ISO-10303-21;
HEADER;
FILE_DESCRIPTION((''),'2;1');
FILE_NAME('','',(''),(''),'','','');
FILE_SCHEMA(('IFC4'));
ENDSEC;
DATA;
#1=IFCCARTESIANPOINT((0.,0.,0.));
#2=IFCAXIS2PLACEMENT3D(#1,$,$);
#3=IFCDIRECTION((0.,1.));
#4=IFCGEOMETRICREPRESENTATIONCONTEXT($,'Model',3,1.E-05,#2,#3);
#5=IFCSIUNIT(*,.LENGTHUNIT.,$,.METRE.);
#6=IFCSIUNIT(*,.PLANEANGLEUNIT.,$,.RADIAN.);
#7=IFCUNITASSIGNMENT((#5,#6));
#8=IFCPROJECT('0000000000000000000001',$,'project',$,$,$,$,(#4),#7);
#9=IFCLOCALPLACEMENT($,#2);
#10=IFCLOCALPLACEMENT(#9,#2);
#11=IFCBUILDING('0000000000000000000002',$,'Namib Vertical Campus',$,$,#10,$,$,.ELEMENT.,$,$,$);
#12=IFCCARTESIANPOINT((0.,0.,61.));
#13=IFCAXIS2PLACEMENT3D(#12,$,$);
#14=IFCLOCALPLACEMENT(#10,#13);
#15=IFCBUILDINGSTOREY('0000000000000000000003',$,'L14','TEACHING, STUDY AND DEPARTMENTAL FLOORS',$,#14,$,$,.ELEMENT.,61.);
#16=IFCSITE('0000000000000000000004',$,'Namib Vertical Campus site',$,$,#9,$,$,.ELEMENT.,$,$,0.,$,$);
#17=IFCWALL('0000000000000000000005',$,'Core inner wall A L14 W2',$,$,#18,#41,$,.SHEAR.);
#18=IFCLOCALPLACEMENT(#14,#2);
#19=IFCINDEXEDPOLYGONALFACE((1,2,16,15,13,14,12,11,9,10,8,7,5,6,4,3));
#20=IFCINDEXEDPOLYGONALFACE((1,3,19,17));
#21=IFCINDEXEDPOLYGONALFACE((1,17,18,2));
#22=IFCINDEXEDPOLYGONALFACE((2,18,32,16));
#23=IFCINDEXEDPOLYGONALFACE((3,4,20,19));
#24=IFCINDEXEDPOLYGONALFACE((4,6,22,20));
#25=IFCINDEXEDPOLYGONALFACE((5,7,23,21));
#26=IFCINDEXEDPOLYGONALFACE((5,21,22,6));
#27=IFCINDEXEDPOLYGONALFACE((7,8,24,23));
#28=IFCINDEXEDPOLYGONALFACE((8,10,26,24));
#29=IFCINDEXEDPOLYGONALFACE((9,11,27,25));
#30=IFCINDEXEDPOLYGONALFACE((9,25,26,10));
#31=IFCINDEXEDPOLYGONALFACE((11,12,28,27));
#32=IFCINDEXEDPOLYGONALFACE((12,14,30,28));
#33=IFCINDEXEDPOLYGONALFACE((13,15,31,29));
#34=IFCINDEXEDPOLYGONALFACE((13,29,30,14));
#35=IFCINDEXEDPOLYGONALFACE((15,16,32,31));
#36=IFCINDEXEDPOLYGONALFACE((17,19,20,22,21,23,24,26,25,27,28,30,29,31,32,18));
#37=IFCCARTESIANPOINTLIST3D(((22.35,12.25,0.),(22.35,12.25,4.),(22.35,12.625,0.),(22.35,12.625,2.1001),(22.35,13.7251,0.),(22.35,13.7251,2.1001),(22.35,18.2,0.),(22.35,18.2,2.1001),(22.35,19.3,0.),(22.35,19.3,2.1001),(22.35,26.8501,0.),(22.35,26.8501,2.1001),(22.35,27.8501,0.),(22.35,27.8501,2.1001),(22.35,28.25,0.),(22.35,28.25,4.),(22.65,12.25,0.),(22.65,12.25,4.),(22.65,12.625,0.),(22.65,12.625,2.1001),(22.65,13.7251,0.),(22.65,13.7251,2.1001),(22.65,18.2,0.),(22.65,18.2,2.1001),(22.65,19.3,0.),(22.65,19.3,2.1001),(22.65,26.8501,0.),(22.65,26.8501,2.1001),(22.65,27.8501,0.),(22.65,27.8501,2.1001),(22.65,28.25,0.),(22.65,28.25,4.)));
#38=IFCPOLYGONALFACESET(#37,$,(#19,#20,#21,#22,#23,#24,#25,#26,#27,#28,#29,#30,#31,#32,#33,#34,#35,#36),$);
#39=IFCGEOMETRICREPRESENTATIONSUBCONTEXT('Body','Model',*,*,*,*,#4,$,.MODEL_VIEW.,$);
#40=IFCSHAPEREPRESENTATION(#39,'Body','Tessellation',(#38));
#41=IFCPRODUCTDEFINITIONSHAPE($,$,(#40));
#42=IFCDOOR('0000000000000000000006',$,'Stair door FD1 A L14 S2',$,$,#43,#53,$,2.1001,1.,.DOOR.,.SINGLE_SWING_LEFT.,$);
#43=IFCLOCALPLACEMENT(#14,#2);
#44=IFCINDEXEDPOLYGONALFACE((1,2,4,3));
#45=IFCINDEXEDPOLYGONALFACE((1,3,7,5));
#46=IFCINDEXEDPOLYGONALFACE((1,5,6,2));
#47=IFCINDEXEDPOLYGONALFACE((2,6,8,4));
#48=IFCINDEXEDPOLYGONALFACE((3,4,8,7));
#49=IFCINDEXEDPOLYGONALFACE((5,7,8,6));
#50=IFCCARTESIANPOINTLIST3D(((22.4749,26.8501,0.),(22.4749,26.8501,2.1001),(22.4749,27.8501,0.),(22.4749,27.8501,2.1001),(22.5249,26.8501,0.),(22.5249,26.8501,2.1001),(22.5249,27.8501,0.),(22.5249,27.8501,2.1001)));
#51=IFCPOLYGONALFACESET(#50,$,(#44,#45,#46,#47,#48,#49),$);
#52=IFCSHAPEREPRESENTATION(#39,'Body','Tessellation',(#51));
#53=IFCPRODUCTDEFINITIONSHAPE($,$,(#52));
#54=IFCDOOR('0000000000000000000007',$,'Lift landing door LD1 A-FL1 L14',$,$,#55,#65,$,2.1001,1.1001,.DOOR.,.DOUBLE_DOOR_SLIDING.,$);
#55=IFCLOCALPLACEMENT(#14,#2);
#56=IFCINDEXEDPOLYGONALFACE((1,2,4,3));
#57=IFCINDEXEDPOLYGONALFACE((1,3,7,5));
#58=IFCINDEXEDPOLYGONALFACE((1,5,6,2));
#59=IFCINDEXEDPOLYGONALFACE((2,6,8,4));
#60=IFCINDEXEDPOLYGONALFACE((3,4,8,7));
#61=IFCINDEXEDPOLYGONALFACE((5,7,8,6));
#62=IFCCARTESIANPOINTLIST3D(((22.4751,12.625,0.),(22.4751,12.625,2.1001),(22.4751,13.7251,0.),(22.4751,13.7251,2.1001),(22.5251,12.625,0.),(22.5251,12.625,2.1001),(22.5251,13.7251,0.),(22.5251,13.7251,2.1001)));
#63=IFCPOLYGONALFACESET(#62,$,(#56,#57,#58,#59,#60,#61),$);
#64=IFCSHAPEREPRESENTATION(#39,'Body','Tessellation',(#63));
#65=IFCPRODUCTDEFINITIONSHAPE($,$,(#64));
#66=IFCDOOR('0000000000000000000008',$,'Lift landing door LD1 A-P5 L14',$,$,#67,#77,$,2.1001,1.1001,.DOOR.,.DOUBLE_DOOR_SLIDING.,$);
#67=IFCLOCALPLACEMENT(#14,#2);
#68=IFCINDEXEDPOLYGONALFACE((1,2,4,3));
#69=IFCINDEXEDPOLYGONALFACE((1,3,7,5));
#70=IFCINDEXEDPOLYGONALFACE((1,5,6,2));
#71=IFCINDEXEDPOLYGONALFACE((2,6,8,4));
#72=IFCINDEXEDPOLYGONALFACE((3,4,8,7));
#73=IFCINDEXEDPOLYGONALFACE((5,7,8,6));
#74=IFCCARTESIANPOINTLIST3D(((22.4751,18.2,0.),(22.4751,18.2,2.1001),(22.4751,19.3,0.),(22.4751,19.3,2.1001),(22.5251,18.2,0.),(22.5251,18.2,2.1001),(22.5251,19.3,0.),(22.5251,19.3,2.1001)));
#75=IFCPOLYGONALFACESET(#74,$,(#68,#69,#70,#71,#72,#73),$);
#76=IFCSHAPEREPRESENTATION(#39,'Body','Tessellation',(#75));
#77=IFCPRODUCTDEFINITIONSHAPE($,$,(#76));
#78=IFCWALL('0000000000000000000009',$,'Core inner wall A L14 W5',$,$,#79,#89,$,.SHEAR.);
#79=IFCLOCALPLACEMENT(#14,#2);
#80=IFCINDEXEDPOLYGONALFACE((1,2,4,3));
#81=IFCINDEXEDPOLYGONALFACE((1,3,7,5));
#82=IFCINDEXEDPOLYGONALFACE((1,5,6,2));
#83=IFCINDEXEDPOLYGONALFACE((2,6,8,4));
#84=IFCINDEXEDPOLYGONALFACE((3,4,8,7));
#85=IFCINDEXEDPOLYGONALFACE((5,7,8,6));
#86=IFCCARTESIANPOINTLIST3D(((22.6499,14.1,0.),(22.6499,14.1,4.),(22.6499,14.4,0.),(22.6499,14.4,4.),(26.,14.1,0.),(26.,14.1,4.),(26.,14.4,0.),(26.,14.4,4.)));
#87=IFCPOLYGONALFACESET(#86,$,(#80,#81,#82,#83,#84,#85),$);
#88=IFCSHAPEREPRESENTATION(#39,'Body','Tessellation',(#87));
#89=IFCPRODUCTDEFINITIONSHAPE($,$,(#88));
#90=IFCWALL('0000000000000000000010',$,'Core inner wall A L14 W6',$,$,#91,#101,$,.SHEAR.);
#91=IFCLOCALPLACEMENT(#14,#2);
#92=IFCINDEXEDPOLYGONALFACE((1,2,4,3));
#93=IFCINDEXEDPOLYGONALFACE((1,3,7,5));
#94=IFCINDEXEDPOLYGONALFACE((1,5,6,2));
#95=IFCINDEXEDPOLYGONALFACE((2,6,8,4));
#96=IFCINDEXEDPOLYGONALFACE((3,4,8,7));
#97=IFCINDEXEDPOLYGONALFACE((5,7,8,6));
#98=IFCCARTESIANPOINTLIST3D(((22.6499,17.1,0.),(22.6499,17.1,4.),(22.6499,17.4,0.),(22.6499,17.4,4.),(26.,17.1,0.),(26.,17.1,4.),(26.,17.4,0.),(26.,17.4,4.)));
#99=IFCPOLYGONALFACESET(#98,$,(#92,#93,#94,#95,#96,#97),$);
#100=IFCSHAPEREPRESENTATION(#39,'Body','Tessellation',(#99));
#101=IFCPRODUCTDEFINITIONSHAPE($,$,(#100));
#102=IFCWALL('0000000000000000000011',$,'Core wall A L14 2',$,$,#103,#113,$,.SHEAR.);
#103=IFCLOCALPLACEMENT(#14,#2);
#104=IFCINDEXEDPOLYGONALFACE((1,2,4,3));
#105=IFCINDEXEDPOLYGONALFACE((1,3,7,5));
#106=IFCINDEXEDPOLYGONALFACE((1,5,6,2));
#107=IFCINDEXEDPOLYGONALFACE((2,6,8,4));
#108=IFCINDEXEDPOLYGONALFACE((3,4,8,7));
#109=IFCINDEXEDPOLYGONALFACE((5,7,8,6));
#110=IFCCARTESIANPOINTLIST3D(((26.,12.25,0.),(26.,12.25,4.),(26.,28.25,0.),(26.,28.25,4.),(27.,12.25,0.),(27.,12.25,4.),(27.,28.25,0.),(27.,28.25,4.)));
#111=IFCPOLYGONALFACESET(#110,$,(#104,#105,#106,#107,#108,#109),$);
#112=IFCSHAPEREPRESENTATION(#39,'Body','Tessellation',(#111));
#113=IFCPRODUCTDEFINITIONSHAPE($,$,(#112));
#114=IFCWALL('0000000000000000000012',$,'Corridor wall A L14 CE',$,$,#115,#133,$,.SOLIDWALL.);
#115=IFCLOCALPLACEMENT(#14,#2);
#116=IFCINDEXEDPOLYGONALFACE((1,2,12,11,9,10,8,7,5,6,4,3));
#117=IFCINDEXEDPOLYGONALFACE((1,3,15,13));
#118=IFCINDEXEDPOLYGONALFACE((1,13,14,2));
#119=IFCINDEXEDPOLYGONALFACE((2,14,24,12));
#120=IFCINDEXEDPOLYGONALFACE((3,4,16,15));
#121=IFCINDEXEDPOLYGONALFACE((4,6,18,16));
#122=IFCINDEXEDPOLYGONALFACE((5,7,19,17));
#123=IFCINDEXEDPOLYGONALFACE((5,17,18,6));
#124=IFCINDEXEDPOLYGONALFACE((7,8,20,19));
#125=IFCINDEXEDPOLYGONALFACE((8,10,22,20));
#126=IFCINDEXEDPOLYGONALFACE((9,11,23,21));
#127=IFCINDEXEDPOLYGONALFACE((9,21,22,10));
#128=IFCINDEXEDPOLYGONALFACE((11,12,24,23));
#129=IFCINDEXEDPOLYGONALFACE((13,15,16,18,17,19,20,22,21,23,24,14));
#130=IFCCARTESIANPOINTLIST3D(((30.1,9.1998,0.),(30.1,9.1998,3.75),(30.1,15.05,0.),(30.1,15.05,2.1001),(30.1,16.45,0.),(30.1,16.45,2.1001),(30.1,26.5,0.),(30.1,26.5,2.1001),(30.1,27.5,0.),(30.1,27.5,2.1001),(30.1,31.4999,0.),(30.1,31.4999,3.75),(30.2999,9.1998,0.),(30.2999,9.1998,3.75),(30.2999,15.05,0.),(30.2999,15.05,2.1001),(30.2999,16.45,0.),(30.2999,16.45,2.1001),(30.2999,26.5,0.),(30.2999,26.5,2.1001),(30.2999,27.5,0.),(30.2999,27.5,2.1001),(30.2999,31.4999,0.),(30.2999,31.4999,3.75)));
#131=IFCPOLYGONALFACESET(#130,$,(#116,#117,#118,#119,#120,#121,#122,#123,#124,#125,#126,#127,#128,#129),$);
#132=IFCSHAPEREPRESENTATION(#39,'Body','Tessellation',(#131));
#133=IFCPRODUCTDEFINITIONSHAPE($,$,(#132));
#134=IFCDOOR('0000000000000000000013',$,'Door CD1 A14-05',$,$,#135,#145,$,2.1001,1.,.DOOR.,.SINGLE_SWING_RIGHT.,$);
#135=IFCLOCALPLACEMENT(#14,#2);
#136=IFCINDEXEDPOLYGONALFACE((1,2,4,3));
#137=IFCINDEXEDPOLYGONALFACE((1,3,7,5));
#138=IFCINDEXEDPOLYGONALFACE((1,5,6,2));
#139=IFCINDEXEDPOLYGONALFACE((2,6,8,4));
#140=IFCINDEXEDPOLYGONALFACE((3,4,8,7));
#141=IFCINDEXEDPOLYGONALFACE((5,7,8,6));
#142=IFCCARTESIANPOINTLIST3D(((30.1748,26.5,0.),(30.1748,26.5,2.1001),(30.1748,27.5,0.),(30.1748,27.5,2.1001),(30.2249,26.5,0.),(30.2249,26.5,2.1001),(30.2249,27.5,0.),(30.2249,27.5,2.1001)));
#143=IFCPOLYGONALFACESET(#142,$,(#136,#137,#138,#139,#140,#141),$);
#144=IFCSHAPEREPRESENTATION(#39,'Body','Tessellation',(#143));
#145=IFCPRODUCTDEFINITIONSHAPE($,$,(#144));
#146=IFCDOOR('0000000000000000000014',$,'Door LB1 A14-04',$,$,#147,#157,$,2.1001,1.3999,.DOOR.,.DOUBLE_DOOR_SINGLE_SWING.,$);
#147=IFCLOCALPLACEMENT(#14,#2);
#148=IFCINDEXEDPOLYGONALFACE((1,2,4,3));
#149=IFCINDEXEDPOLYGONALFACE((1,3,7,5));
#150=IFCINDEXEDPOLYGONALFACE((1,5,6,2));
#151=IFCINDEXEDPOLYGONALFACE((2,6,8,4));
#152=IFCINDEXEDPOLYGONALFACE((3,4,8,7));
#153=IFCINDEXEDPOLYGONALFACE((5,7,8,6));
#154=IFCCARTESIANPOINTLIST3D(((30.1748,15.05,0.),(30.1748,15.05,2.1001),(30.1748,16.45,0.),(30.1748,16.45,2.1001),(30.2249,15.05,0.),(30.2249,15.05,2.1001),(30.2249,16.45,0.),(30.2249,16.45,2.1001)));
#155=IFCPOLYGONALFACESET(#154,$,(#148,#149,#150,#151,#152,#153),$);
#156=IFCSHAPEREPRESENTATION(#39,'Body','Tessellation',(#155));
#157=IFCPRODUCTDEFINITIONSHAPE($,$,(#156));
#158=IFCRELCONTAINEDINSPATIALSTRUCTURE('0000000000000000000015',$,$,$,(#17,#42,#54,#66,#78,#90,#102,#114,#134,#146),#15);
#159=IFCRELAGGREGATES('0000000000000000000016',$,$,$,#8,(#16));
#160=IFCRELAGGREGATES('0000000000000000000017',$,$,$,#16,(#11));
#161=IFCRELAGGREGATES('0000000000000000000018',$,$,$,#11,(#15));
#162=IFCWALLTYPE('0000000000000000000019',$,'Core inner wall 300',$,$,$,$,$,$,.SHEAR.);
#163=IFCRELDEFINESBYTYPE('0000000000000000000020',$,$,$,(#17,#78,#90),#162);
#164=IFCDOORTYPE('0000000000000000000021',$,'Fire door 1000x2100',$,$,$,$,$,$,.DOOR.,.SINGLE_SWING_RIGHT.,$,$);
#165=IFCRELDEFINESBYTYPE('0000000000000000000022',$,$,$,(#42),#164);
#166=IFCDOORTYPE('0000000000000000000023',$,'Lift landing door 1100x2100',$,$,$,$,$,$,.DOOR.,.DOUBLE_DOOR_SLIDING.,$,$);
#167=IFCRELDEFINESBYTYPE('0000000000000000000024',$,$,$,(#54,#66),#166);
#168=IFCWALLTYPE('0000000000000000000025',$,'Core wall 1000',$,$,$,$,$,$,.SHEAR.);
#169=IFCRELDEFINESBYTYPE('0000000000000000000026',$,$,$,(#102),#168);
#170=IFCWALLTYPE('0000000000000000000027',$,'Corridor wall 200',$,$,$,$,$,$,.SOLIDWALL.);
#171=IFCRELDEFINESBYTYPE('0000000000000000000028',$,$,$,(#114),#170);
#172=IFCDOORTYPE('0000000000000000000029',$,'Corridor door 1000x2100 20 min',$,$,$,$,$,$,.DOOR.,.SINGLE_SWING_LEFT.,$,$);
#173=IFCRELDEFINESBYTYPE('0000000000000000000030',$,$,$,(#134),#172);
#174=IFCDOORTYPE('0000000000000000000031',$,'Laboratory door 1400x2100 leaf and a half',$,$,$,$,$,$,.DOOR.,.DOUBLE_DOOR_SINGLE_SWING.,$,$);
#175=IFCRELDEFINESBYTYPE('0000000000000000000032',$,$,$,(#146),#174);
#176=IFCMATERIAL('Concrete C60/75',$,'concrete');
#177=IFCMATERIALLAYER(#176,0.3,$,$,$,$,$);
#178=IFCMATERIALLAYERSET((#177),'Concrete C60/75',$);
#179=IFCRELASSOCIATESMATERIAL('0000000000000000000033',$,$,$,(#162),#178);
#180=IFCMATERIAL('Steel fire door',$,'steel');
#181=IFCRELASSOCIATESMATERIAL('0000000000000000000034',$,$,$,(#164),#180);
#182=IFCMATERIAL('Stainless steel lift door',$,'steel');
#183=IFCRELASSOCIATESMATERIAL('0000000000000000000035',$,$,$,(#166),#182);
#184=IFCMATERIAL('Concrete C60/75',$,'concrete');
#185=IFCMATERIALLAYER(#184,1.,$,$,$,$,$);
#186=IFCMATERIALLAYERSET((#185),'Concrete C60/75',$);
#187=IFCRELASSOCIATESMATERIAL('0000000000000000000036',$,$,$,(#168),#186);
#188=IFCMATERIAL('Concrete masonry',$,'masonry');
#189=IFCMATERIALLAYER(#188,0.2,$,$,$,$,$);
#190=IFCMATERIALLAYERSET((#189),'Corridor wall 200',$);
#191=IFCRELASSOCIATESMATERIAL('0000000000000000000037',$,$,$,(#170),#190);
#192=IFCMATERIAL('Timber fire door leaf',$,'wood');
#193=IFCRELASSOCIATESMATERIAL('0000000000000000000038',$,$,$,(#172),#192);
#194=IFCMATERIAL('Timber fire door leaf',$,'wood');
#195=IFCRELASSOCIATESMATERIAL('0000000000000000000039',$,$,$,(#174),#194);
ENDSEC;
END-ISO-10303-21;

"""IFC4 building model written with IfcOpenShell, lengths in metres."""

from ifc_helpers import new_model, si_unit, direction, frame, frame_2d, origin, place, context, subcontext, project, spatial, rectangle, extrude, material, layer, layer_set, type_object, element, fill, save


model = new_model("IFC4")

# Units and contexts
model_context = context("Model", 3, precision=1e-05, world=origin(), true_north=direction((0.0, 1.0)))
body_context = subcontext(model_context, "Body", "Model", "MODEL_VIEW")
ifc_project = project(units=[si_unit("LENGTHUNIT", "METRE"), si_unit("PLANEANGLEUNIT", "RADIAN")], contexts=[model_context])

# Site, building, storey
site_placement = place(None, origin())
site = spatial("IfcSite", under=ifc_project, at=site_placement, Name="Namib Vertical Campus site", CompositionType="ELEMENT", RefElevation=0.0)
building_placement = place(site_placement, origin())
building = spatial("IfcBuilding", under=site, at=building_placement, Name="Namib Vertical Campus", CompositionType="ELEMENT")
storey_placement = place(building_placement, frame((0.0, 0.0, 61.0)))
storey = spatial("IfcBuildingStorey", under=building, at=storey_placement, Name="L14", Description="TEACHING, STUDY AND DEPARTMENTAL FLOORS", CompositionType="ELEMENT", Elevation=61.0)

# Wall, openings, doors
ifc_material_1 = material(Name="Concrete C60/75", Category="concrete")
ifc_layer_1 = layer(ifc_material_1, 0.3)
ifc_layer_set_1 = layer_set([ifc_layer_1], Name="Concrete C60/75")
wall_type_1 = type_object("IfcWallType", Name="Core inner wall 300", PredefinedType="SHEAR", material=ifc_layer_set_1)
wall_1_placement = place(storey_placement, frame((22.5, 12.25, 0.0), z_axis=(0.0, 0.0, 1.0), x_axis=(0.0, 1.0, 0.0)))
wall_1 = element("IfcWall", 1, at=wall_1_placement, inside=storey, type_object=wall_type_1, Name="Core inner wall A L14 W2", PredefinedType="SHEAR", context=body_context, shape_type="SweptSolid", body=[
    extrude(rectangle(XDim=16.0, YDim=0.3, at=frame_2d((8.0, 0.0))), origin(), (0.0, 0.0, 1.0), 4.0),
])
opening_1_placement = place(wall_1_placement, frame((14.6001, 0.0, 0.0)))
opening_1 = element("IfcOpeningElement", 2, at=opening_1_placement, cuts=wall_1, PredefinedType="OPENING", context=body_context, shape_type="SweptSolid", body=[
    extrude(rectangle(XDim=1.0, YDim=2.1001, at=frame_2d((0.5, 1.05))), frame((0.0, 0.1599, 0.0), z_axis=(0.0, -1.0, 0.0), x_axis=(1.0, 0.0, 0.0)), (0.0, 0.0, 1.0), 0.3201),
])
opening_2_placement = place(wall_1_placement, frame((0.375, 0.0, 0.0)))
opening_2 = element("IfcOpeningElement", 3, at=opening_2_placement, cuts=wall_1, PredefinedType="OPENING", context=body_context, shape_type="SweptSolid", body=[
    extrude(rectangle(XDim=1.1001, YDim=2.1001, at=frame_2d((0.55, 1.05))), frame((0.0, 0.1599, 0.0), z_axis=(0.0, -1.0, 0.0), x_axis=(1.0, 0.0, 0.0)), (0.0, 0.0, 1.0), 0.3201),
])
opening_3_placement = place(wall_1_placement, frame((5.95, 0.0, 0.0)))
opening_3 = element("IfcOpeningElement", 4, at=opening_3_placement, cuts=wall_1, PredefinedType="OPENING", context=body_context, shape_type="SweptSolid", body=[
    extrude(rectangle(XDim=1.1001, YDim=2.1001, at=frame_2d((0.55, 1.05))), frame((0.0, 0.1599, 0.0), z_axis=(0.0, -1.0, 0.0), x_axis=(1.0, 0.0, 0.0)), (0.0, 0.0, 1.0), 0.3201),
])
ifc_material_2 = material(Name="Steel fire door", Category="steel")
door_type_1 = type_object("IfcDoorType", Name="Fire door 1000x2100", OperationType="SINGLE_SWING_RIGHT", PredefinedType="DOOR", material=ifc_material_2)
door_1_placement = place(opening_1_placement, frame((1.0, 0.0, 0.0), z_axis=(0.0, 0.0, 1.0), x_axis=(-1.0, 0.0, 0.0)))
door_1 = element("IfcDoor", 5, at=door_1_placement, inside=storey, type_object=door_type_1, Name="Stair door FD1 A L14 S2", OperationType="SINGLE_SWING_LEFT", OverallHeight=2.1001, OverallWidth=1.0, PredefinedType="DOOR", context=body_context, shape_type="SweptSolid", body=[
    extrude(rectangle(XDim=1.0, YDim=2.1001, at=frame_2d((0.5, 1.05))), frame((0.0, 0.0249, 0.0), z_axis=(0.0, -1.0, 0.0), x_axis=(1.0, 0.0, 0.0)), (0.0, 0.0, 1.0), 0.05),
])
fill(opening_1, door_1)
ifc_material_3 = material(Name="Stainless steel lift door", Category="steel")
door_type_2 = type_object("IfcDoorType", Name="Lift landing door 1100x2100", OperationType="DOUBLE_DOOR_SLIDING", PredefinedType="DOOR", material=ifc_material_3)
door_2_placement = place(opening_2_placement, origin())
door_2 = element("IfcDoor", 6, at=door_2_placement, inside=storey, type_object=door_type_2, Name="Lift landing door LD1 A-FL1 L14", OperationType="DOUBLE_DOOR_SLIDING", OverallHeight=2.1001, OverallWidth=1.1001, PredefinedType="DOOR", context=body_context, shape_type="SweptSolid", body=[
    extrude(rectangle(XDim=1.1001, YDim=2.1001, at=frame_2d((0.55, 1.05))), frame((0.0, 0.0249, 0.0), z_axis=(0.0, -1.0, 0.0), x_axis=(1.0, 0.0, 0.0)), (0.0, 0.0, 1.0), 0.05),
])
fill(opening_2, door_2)
door_3_placement = place(opening_3_placement, origin())
door_3 = element("IfcDoor", 7, at=door_3_placement, inside=storey, type_object=door_type_2, Name="Lift landing door LD1 A-P5 L14", OperationType="DOUBLE_DOOR_SLIDING", OverallHeight=2.1001, OverallWidth=1.1001, PredefinedType="DOOR", context=body_context, shape_type="SweptSolid", body=[
    extrude(rectangle(XDim=1.1001, YDim=2.1001, at=frame_2d((0.55, 1.05))), frame((0.0, 0.0249, 0.0), z_axis=(0.0, -1.0, 0.0), x_axis=(1.0, 0.0, 0.0)), (0.0, 0.0, 1.0), 0.05),
])
fill(opening_3, door_3)

# Walls
for number, where, z_axis, x_axis, name in (
    (8, (22.6499, 14.25, 0.0), (0.0, 0.0, 1.0), (1.0, 0.0, 0.0), "Core inner wall A L14 W5"),
    (9, (22.6499, 17.25, 0.0), (0.0, 0.0, 1.0), (1.0, 0.0, 0.0), "Core inner wall A L14 W6"),
):
    element("IfcWall", number, at=place(storey_placement, frame(where, z_axis=z_axis, x_axis=x_axis)), inside=storey, type_object=wall_type_1, Name=name, PredefinedType="SHEAR", context=body_context, shape_type="SweptSolid", body=[
        extrude(rectangle(XDim=3.3501, YDim=0.3, at=frame_2d((1.675, 0.0))), origin(), (0.0, 0.0, 1.0), 4.0),
    ])
ifc_material_4 = material(Name="Concrete C60/75", Category="concrete")
ifc_layer_2 = layer(ifc_material_4, 1.0)
ifc_layer_set_2 = layer_set([ifc_layer_2], Name="Concrete C60/75")
wall_type_2 = type_object("IfcWallType", Name="Core wall 1000", PredefinedType="SHEAR", material=ifc_layer_set_2)
wall_2_placement = place(storey_placement, frame((26.5, 12.25, 0.0), z_axis=(0.0, 0.0, 1.0), x_axis=(0.0, 1.0, 0.0)))
element("IfcWall", 10, at=wall_2_placement, inside=storey, type_object=wall_type_2, Name="Core wall A L14 2", PredefinedType="SHEAR", context=body_context, shape_type="SweptSolid", body=[
    extrude(rectangle(XDim=16.0, YDim=1.0, at=frame_2d((8.0, 0.0))), origin(), (0.0, 0.0, 1.0), 4.0),
])

# Wall, openings, doors
ifc_material_5 = material(Name="Concrete masonry", Category="masonry")
ifc_layer_3 = layer(ifc_material_5, 0.2)
ifc_layer_set_3 = layer_set([ifc_layer_3], Name="Corridor wall 200")
wall_type_3 = type_object("IfcWallType", Name="Corridor wall 200", PredefinedType="SOLIDWALL", material=ifc_layer_set_3)
wall_3_placement = place(storey_placement, frame((30.2, 9.2, 0.0), z_axis=(0.0, 0.0, 1.0), x_axis=(0.0, 1.0, 0.0)))
wall_3 = element("IfcWall", 11, at=wall_3_placement, inside=storey, type_object=wall_type_3, Name="Corridor wall A L14 CE", PredefinedType="SOLIDWALL", context=body_context, shape_type="SweptSolid", body=[
    extrude(rectangle(XDim=22.3, YDim=0.2, at=frame_2d((11.1499, 0.0))), origin(), (0.0, 0.0, 1.0), 3.75),
])
opening_4_placement = place(wall_3_placement, frame((5.8501, 0.0, 0.0)))
opening_4 = element("IfcOpeningElement", 12, at=opening_4_placement, cuts=wall_3, PredefinedType="OPENING", context=body_context, shape_type="SweptSolid", body=[
    extrude(rectangle(XDim=1.3999, YDim=2.1001, at=frame_2d((0.7, 1.05))), frame((0.0, 0.1099, 0.0), z_axis=(0.0, -1.0, 0.0), x_axis=(1.0, 0.0, 0.0)), (0.0, 0.0, 1.0), 0.22),
])
opening_5_placement = place(wall_3_placement, frame((17.3, 0.0, 0.0)))
opening_5 = element("IfcOpeningElement", 13, at=opening_5_placement, cuts=wall_3, PredefinedType="OPENING", context=body_context, shape_type="SweptSolid", body=[
    extrude(rectangle(XDim=1.0, YDim=2.1001, at=frame_2d((0.5, 1.05))), frame((0.0, 0.1099, 0.0), z_axis=(0.0, -1.0, 0.0), x_axis=(1.0, 0.0, 0.0)), (0.0, 0.0, 1.0), 0.22),
])
ifc_material_6 = material(Name="Timber fire door leaf", Category="wood")
door_type_3 = type_object("IfcDoorType", Name="Corridor door 1000x2100 20 min", OperationType="SINGLE_SWING_LEFT", PredefinedType="DOOR", material=ifc_material_6)
door_4_placement = place(opening_5_placement, frame((1.0, 0.0, 0.0), z_axis=(0.0, 0.0, 1.0), x_axis=(-1.0, 0.0, 0.0)))
door_4 = element("IfcDoor", 14, at=door_4_placement, inside=storey, type_object=door_type_3, Name="Door CD1 A14-05", OperationType="SINGLE_SWING_RIGHT", OverallHeight=2.1001, OverallWidth=1.0, PredefinedType="DOOR", context=body_context, shape_type="SweptSolid", body=[
    extrude(rectangle(XDim=1.0, YDim=2.1001, at=frame_2d((0.5, 1.05))), frame((0.0, 0.0249, 0.0), z_axis=(0.0, -1.0, 0.0), x_axis=(1.0, 0.0, 0.0)), (0.0, 0.0, 1.0), 0.05),
])
fill(opening_5, door_4)
ifc_material_7 = material(Name="Timber fire door leaf", Category="wood")
door_type_4 = type_object("IfcDoorType", Name="Laboratory door 1400x2100 leaf and a half", OperationType="DOUBLE_DOOR_SINGLE_SWING", PredefinedType="DOOR", material=ifc_material_7)
door_5_placement = place(opening_4_placement, frame((1.3999, 0.0, 0.0), z_axis=(0.0, 0.0, 1.0), x_axis=(-1.0, 0.0, 0.0)))
door_5 = element("IfcDoor", 15, at=door_5_placement, inside=storey, type_object=door_type_4, Name="Door LB1 A14-04", OperationType="DOUBLE_DOOR_SINGLE_SWING", OverallHeight=2.1001, OverallWidth=1.3999, PredefinedType="DOOR", context=body_context, shape_type="SweptSolid", body=[
    extrude(rectangle(XDim=1.3999, YDim=2.1001, at=frame_2d((0.7, 1.05))), frame((0.0, 0.0249, 0.0), z_axis=(0.0, -1.0, 0.0), x_axis=(1.0, 0.0, 0.0)), (0.0, 0.0, 1.0), 0.05),
])
fill(opening_4, door_5)

save(model, "model.ifc")
